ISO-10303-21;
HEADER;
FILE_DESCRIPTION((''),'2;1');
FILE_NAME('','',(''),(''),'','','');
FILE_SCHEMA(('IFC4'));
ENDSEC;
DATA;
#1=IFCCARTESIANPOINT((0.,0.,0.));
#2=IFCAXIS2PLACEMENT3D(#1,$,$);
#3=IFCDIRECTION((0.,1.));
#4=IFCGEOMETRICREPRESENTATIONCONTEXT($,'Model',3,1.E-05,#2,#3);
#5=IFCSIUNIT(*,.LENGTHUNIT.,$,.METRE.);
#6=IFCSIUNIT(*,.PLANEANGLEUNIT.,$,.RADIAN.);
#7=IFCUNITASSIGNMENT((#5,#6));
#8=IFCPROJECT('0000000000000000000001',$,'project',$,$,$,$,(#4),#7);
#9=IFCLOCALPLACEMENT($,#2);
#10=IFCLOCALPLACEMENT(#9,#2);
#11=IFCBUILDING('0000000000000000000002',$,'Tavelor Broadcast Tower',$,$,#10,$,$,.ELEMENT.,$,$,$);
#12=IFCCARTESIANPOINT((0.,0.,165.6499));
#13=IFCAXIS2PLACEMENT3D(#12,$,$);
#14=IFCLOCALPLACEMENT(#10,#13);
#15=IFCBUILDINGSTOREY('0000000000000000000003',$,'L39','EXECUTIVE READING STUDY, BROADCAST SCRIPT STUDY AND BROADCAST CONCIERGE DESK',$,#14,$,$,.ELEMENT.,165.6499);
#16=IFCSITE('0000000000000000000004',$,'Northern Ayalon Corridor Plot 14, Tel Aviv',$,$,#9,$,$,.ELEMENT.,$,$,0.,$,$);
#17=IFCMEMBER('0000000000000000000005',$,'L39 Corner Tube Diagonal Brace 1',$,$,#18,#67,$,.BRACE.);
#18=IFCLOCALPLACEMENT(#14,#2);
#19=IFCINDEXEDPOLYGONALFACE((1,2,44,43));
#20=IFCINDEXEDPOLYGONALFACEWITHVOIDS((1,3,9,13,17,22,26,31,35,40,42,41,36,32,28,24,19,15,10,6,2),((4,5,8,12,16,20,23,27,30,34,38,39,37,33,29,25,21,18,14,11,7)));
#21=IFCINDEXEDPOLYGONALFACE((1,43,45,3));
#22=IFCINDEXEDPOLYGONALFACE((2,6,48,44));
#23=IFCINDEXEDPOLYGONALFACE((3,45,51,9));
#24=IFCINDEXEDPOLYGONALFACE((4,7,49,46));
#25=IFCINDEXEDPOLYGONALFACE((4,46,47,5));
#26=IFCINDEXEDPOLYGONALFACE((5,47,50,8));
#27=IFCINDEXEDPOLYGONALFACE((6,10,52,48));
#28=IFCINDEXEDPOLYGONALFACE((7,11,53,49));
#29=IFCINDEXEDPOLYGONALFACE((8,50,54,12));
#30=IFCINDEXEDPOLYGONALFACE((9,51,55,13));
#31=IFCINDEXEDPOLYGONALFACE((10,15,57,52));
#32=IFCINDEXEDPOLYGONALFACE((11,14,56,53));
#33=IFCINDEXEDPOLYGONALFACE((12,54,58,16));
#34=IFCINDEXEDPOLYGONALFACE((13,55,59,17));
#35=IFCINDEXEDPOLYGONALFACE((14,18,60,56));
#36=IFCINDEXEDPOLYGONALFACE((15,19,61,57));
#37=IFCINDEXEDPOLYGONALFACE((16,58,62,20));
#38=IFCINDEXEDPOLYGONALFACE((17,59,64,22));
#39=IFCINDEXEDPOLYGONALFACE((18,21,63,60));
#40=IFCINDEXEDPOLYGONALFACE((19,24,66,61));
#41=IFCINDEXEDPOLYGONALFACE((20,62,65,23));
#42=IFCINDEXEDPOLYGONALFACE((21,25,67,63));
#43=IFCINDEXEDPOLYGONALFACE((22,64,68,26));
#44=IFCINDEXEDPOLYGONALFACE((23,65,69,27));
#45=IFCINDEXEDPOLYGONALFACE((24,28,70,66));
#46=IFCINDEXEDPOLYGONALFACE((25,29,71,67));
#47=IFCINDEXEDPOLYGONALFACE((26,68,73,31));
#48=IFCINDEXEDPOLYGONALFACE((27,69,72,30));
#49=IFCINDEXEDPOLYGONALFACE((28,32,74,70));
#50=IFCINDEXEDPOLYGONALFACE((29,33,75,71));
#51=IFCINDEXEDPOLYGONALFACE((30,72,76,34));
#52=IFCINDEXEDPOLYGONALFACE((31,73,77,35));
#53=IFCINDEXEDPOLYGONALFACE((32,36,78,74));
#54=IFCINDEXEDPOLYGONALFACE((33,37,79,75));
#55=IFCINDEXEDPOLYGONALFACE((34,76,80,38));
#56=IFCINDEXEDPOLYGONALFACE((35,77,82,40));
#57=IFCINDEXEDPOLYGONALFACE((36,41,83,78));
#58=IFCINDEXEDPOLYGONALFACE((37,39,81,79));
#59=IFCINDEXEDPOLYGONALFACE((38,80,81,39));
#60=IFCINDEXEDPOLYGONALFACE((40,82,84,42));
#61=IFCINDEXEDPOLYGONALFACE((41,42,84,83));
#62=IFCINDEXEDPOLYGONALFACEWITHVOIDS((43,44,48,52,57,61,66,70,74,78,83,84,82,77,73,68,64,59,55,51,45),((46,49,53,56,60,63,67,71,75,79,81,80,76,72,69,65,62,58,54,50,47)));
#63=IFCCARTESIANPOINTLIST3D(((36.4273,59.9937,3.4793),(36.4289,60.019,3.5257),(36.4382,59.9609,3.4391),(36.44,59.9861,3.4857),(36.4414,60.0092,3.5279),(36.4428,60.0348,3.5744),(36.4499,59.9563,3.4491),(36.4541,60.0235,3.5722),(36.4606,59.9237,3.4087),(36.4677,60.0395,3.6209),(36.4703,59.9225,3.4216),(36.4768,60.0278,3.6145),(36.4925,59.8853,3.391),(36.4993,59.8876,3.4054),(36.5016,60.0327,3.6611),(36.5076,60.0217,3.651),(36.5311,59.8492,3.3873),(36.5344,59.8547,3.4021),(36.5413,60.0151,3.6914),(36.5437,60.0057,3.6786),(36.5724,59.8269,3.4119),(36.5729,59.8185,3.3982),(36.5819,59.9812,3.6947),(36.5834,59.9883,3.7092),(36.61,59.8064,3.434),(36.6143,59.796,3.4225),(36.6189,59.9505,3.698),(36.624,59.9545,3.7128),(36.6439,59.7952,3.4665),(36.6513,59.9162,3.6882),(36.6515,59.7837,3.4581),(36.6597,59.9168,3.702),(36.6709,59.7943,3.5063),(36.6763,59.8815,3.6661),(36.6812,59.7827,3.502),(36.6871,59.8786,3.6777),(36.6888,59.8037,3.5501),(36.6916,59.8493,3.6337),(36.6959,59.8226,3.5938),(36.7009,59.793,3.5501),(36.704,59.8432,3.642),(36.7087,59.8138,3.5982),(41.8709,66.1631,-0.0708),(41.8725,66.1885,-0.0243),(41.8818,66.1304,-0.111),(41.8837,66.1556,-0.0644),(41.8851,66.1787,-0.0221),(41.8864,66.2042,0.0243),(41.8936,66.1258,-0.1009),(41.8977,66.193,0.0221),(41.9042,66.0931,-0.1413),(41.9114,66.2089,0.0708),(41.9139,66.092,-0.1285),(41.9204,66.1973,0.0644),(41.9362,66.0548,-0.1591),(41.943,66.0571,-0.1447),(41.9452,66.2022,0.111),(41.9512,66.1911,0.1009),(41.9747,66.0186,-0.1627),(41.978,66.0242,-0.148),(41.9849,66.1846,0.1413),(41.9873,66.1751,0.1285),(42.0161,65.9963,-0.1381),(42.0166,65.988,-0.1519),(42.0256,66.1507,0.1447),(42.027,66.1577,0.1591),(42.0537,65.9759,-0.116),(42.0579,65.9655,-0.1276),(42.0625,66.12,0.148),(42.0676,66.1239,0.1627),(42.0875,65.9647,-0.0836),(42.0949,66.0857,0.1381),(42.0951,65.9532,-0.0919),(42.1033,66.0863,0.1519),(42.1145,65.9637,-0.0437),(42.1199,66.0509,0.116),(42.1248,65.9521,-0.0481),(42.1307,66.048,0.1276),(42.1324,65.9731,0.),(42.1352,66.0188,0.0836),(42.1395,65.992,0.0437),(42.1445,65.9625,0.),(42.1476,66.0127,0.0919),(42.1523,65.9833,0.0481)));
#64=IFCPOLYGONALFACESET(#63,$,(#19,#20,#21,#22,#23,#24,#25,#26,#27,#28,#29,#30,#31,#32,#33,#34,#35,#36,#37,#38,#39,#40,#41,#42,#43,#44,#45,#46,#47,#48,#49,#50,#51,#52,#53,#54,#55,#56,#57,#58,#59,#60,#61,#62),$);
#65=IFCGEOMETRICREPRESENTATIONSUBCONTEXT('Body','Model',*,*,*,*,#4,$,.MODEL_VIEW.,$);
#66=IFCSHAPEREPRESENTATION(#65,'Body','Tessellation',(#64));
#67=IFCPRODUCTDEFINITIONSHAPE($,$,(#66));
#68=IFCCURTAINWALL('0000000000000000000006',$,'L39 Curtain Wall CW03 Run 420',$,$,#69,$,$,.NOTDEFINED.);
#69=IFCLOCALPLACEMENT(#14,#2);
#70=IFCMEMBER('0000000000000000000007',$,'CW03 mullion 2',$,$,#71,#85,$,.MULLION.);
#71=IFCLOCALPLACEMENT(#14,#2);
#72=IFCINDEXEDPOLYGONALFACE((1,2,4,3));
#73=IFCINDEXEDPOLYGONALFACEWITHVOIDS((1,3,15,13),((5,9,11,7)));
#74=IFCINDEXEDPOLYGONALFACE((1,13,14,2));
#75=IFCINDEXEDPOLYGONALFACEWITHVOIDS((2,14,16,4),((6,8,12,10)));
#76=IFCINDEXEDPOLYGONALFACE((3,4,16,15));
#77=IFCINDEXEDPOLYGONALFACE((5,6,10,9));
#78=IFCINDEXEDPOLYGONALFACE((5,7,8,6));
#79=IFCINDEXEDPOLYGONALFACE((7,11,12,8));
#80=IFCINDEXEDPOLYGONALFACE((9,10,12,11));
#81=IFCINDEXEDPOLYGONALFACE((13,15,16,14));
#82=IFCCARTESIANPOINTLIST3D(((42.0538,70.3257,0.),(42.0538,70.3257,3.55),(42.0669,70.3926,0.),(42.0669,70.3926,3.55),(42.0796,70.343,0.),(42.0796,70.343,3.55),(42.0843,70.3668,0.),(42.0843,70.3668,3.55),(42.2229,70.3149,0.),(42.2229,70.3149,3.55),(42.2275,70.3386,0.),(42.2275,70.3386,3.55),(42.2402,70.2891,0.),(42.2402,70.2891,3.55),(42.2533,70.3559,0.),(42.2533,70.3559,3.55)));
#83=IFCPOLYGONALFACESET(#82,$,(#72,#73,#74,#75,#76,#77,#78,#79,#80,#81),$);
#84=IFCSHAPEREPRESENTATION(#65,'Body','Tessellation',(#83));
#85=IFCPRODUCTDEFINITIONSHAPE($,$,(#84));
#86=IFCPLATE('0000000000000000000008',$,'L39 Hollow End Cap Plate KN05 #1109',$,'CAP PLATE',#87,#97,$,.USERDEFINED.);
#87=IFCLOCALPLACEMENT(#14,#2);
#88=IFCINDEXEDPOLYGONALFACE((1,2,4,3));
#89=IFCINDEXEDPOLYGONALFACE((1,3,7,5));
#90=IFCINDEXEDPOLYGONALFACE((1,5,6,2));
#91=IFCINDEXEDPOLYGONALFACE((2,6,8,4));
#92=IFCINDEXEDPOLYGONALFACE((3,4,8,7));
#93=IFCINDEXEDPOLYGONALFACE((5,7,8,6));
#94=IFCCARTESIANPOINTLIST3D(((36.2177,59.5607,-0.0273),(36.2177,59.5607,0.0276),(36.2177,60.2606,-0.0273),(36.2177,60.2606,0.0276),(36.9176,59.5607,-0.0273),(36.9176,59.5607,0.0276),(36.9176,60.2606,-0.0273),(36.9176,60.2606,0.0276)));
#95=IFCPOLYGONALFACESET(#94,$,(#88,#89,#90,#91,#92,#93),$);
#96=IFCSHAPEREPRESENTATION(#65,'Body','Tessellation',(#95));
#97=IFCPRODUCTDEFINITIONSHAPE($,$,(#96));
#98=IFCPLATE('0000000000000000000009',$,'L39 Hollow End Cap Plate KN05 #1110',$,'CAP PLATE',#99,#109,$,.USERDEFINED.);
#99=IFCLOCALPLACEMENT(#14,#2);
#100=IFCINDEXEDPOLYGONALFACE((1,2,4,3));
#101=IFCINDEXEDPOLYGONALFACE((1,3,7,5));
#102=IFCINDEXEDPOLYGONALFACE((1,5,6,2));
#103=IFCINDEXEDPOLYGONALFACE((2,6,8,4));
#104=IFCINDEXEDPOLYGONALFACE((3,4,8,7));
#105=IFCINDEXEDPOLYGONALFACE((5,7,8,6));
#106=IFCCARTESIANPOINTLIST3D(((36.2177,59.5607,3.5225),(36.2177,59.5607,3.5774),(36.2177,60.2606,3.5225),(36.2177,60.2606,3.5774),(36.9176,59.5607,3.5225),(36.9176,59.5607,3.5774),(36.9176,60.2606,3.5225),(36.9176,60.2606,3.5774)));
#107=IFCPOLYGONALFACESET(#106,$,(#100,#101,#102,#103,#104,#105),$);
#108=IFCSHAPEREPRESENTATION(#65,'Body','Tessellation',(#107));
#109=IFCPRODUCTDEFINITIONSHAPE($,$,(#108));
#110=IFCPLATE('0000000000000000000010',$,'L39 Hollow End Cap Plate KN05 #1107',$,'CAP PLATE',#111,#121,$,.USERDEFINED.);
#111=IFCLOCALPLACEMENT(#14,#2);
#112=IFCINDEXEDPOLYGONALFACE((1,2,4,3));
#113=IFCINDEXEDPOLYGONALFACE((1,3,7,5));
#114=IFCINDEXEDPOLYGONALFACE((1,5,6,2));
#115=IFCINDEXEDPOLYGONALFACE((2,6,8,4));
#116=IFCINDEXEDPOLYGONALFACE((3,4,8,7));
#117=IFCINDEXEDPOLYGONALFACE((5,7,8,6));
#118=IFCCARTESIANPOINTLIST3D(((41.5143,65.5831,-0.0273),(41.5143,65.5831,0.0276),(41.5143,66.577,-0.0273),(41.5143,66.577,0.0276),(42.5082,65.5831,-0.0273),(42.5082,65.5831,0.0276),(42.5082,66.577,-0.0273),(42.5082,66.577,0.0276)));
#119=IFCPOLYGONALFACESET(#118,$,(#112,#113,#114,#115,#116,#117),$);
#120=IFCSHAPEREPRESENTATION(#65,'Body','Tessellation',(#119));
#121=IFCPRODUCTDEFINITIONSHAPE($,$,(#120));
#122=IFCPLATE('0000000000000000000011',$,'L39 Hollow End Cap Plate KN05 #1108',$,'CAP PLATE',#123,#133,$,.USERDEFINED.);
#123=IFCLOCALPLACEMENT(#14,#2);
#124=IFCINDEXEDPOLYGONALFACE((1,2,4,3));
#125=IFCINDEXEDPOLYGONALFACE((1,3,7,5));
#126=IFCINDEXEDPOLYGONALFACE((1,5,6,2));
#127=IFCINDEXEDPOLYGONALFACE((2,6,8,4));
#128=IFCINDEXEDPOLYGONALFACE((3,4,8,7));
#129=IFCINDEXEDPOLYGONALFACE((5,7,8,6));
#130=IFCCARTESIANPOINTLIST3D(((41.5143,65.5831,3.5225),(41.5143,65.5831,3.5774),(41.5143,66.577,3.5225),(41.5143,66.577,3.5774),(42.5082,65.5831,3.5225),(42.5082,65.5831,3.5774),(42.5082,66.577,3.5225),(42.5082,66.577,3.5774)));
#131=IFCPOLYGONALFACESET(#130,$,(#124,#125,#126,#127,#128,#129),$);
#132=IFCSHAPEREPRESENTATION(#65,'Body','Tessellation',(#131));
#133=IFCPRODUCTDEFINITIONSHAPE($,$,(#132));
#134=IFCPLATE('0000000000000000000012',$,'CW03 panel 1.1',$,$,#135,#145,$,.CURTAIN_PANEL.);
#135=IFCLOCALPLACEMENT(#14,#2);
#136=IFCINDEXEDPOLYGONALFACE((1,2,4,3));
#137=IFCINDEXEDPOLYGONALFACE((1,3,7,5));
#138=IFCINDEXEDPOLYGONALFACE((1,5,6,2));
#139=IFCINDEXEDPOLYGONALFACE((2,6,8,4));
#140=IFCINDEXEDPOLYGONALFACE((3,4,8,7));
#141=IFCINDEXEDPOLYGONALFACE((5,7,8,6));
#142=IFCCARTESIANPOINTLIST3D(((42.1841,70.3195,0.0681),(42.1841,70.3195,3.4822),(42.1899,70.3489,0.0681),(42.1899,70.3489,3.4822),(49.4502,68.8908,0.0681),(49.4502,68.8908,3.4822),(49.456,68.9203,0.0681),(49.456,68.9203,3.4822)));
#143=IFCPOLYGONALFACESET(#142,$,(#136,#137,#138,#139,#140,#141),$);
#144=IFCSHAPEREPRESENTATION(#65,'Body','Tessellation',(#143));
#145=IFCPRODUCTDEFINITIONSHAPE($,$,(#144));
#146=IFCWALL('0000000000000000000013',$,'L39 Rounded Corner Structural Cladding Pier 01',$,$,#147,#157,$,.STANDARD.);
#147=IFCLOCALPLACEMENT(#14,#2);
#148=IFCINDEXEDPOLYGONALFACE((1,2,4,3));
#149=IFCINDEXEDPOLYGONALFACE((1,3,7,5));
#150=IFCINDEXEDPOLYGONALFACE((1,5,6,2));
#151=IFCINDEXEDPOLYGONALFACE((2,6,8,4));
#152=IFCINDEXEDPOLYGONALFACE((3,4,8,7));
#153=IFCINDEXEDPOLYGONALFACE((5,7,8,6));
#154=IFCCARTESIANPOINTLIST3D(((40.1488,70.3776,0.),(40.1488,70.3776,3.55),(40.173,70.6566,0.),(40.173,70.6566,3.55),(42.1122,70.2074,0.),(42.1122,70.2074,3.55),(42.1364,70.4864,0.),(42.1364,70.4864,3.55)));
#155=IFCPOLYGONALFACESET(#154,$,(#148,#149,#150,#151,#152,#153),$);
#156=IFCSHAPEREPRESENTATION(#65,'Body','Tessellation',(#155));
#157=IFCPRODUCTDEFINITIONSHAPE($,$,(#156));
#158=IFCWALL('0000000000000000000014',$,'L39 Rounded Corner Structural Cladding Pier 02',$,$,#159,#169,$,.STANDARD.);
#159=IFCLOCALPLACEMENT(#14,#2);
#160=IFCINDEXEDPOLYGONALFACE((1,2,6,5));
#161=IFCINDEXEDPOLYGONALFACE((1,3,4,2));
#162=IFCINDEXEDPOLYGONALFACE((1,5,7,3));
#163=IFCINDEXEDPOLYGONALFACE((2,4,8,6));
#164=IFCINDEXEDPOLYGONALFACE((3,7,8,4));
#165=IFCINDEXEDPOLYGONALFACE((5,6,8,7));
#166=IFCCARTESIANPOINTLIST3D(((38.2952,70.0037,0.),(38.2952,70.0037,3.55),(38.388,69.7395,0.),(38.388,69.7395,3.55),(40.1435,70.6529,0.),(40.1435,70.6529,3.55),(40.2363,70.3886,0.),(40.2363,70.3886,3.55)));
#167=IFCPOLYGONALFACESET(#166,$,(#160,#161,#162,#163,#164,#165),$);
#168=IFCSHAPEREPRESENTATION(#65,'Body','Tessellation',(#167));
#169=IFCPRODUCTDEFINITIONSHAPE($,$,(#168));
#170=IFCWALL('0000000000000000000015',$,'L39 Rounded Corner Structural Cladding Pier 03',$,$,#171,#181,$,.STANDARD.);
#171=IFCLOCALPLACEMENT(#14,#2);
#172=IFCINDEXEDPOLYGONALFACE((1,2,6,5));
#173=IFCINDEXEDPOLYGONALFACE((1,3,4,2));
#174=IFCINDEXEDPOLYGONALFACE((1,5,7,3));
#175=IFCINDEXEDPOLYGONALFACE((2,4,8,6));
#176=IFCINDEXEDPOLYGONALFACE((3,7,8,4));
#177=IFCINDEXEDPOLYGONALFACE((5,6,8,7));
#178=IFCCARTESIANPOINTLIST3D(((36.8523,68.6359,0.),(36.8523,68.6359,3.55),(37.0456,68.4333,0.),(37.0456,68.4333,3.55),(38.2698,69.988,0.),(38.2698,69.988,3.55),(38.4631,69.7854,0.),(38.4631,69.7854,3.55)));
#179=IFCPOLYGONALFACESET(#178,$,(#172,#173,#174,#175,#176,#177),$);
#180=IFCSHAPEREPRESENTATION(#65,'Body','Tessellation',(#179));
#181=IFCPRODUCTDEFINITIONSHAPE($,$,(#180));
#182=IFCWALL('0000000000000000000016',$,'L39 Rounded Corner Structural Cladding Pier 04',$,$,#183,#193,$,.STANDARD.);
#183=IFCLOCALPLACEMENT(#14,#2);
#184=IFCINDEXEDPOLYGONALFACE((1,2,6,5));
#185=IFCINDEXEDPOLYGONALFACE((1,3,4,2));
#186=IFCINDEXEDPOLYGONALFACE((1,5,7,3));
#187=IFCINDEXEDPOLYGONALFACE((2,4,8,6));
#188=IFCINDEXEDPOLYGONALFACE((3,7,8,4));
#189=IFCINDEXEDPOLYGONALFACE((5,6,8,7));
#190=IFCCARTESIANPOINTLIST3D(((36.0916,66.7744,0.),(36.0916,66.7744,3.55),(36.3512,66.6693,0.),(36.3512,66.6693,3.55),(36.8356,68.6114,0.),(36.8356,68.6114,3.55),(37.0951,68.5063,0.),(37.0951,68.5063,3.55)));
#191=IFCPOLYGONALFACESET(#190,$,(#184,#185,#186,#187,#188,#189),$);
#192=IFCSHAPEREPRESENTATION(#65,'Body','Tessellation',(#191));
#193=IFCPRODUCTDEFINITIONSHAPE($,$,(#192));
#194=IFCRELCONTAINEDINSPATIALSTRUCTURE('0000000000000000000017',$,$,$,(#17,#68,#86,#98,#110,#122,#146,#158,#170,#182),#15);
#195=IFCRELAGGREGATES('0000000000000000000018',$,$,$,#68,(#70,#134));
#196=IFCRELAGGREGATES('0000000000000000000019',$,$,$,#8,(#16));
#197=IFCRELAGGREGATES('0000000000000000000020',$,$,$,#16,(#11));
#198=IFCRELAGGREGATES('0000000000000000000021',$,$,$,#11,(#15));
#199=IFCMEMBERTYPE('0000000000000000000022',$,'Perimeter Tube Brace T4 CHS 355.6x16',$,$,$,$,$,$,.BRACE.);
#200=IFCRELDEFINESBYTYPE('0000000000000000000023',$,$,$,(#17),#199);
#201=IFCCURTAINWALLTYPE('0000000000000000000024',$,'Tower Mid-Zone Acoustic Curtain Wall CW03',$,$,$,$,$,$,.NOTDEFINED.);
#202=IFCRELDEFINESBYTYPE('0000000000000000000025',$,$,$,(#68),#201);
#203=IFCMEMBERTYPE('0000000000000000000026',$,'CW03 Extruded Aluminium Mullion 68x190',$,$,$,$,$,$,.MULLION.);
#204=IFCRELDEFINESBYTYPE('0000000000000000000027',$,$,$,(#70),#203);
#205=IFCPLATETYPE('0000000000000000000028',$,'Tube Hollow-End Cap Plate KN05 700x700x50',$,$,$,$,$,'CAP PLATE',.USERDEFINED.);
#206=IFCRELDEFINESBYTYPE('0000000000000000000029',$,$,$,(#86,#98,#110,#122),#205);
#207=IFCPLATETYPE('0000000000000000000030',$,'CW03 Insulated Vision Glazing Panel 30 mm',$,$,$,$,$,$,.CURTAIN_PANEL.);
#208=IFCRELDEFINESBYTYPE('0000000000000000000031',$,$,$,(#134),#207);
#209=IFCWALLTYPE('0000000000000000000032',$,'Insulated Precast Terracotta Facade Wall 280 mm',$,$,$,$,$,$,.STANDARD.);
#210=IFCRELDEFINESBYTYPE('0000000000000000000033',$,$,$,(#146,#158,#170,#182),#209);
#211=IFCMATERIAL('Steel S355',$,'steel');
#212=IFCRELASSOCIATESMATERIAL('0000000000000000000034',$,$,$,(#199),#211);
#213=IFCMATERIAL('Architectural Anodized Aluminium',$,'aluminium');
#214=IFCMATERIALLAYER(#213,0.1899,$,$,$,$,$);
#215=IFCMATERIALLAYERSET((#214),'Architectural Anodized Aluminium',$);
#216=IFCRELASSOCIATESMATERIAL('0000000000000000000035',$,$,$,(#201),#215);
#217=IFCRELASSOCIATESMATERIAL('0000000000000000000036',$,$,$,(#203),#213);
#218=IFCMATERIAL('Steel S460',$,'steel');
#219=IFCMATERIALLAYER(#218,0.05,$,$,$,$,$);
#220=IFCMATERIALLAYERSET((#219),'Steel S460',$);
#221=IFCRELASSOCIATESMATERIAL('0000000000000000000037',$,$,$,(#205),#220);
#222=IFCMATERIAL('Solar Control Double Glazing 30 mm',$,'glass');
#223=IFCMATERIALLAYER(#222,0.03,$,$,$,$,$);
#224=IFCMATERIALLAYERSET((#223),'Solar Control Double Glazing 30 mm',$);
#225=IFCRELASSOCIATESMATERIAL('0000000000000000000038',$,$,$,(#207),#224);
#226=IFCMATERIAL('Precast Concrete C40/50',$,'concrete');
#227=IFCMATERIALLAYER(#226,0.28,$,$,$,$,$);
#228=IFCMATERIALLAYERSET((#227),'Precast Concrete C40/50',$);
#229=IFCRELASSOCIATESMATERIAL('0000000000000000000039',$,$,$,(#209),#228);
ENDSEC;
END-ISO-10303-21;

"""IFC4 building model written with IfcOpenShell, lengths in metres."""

from ifc_helpers import new_model, si_unit, direction, frame, frame_2d, origin, origin_2d, place, context, subcontext, project, spatial, rectangle, hollow_rectangle, hollow_circle, extrude, source, transform, mapped, material, layer, layer_set, material_profile, profile_set, type_object, type_shapes, element, aggregate, save


model = new_model("IFC4")

# Units and contexts
model_context = context("Model", 3, precision=1e-05, world=origin(), true_north=direction((0.0, 1.0)))
body_context = subcontext(model_context, "Body", "Model", "MODEL_VIEW")
ifc_project = project(units=[si_unit("LENGTHUNIT", "METRE"), si_unit("PLANEANGLEUNIT", "RADIAN")], contexts=[model_context])

# Site, building, storey
site_placement = place(None, origin())
site = spatial("IfcSite", under=ifc_project, at=site_placement, Name="Northern Ayalon Corridor Plot 14, Tel Aviv", CompositionType="ELEMENT", RefElevation=0.0)
building_placement = place(site_placement, origin())
building = spatial("IfcBuilding", under=site, at=building_placement, Name="Tavelor Broadcast Tower", CompositionType="ELEMENT")
storey_placement = place(building_placement, frame((0.0, 0.0, 165.6499)))
storey = spatial("IfcBuildingStorey", under=building, at=storey_placement, Name="L39", Description="EXECUTIVE READING STUDY, BROADCAST SCRIPT STUDY AND BROADCAST CONCIERGE DESK", CompositionType="ELEMENT", Elevation=165.6499)

# Shared definitions
ifc_material_1 = material(Name="Steel S460", Category="steel")

# Shared definitions
ifc_material_2 = material(Name="Steel S355", Category="steel")

# Member
ifc_material_profile_1 = material_profile(ifc_material_2, hollow_circle(Radius=0.1777, WallThickness=0.0161, at=origin_2d()), Name="CHS 355.6x16")
ifc_profile_set_1 = profile_set([ifc_material_profile_1], Name="Steel S355")
member_type_1 = type_object("IfcMemberType", Name="Perimeter Tube Brace T4 CHS 355.6x16", PredefinedType="BRACE", material=ifc_profile_set_1)
member_1_placement = place(storey_placement, frame((42.0112, 66.0801, 0.0), z_axis=(-0.607485, -0.688484, 0.396171), x_axis=(0.749839, -0.661621, 0.0)))
element("IfcMember", 1, at=member_1_placement, inside=storey, type_object=member_type_1, Name="L39 Corner Tube Diagonal Brace 1", PredefinedType="BRACE", context=body_context, shape_type="SweptSolid", body=[
    extrude(hollow_circle(Radius=0.1777, WallThickness=0.0161, at=origin_2d()), origin(), (0.0, 0.0, 1.0), 8.9609),
])

# Curtain wall, member
ifc_material_3 = material(Name="Architectural Anodized Aluminium", Category="aluminium")
ifc_layer_1 = layer(ifc_material_3, 0.1899)
ifc_layer_set_1 = layer_set([ifc_layer_1], Name="Architectural Anodized Aluminium")
curtain_wall_type = type_object("IfcCurtainWallType", Name="Tower Mid-Zone Acoustic Curtain Wall CW03", PredefinedType="NOTDEFINED", material=ifc_layer_set_1)
curtain_wall_placement = place(storey_placement, origin())
curtain_wall = element("IfcCurtainWall", 2, at=curtain_wall_placement, inside=storey, type_object=curtain_wall_type, Name="L39 Curtain Wall CW03 Run 420", PredefinedType="NOTDEFINED")
ifc_material_profile_2 = material_profile(ifc_material_3, hollow_rectangle(XDim=0.0681, YDim=0.1899, WallThickness=0.022, at=origin_2d()), Name="RHS 68x190x22")
ifc_profile_set_2 = profile_set([ifc_material_profile_2], Name="Architectural Anodized Aluminium")
member_type_2 = type_object("IfcMemberType", Name="CW03 Extruded Aluminium Mullion 68x190", PredefinedType="MULLION", material=ifc_profile_set_2)
shared_shape_1 = source(origin(), body_context, "Body", "SweptSolid", [
    extrude(hollow_rectangle(XDim=0.0681, YDim=0.1899, WallThickness=0.022, at=origin_2d()), origin(), (0.0, 0.0, 1.0), 3.55),
])
type_shapes(member_type_2, [shared_shape_1])
member_2_placement = place(storey_placement, frame((42.1536, 70.3408, 0.0), z_axis=(0.0, 0.0, 1.0), x_axis=(-0.192927, -0.981213, 0.0)))
member_2 = element("IfcMember", 3, at=member_2_placement, type_object=member_type_2, Name="CW03 mullion 2", PredefinedType="MULLION", context=body_context, shape_type="MappedRepresentation", body=[
    mapped(shared_shape_1, transform((0.0, 0.0, 0.0), scale=1.0)),
])

# Plates
ifc_layer_2 = layer(ifc_material_1, 0.05)
ifc_layer_set_2 = layer_set([ifc_layer_2], Name="Steel S460")
plate_type_1 = type_object("IfcPlateType", Name="Tube Hollow-End Cap Plate KN05 700x700x50", ElementType="CAP PLATE", PredefinedType="USERDEFINED", material=ifc_layer_set_2)
shared_shape_2 = source(origin(), body_context, "Body", "SweptSolid", [
    extrude(rectangle(XDim=0.7, YDim=0.7, at=origin_2d()), origin(), (0.0, 0.0, 1.0), 0.0549),
])
for number, where, z_axis, x_axis, name in (
    (4, (36.5676, 59.9106, -0.0273), (0.0, 0.0, 1.0), (1.0, 0.0, 0.0), "L39 Hollow End Cap Plate KN05 #1109"),
    (5, (36.5676, 59.9106, 3.5225), (0.0, 0.0, 1.0), (1.0, 0.0, 0.0), "L39 Hollow End Cap Plate KN05 #1110"),
):
    element("IfcPlate", number, at=place(storey_placement, frame(where, z_axis=z_axis, x_axis=x_axis)), inside=storey, type_object=plate_type_1, Name=name, ObjectType="CAP PLATE", PredefinedType="USERDEFINED", context=body_context, shape_type="MappedRepresentation", body=[
        mapped(shared_shape_2, transform((0.0, 0.0, 0.0), scale=1.0)),
    ])
shared_shape_3 = source(origin(), body_context, "Body", "SweptSolid", [
    extrude(rectangle(XDim=0.9939, YDim=0.9939, at=origin_2d()), origin(), (0.0, 0.0, 1.0), 0.0549),
])
type_shapes(plate_type_1, [shared_shape_2, shared_shape_3])
for number, where, z_axis, x_axis, name in (
    (6, (42.0112, 66.0801, -0.0273), (0.0, 0.0, 1.0), (1.0, 0.0, 0.0), "L39 Hollow End Cap Plate KN05 #1107"),
    (7, (42.0112, 66.0801, 3.5225), (0.0, 0.0, 1.0), (1.0, 0.0, 0.0), "L39 Hollow End Cap Plate KN05 #1108"),
):
    element("IfcPlate", number, at=place(storey_placement, frame(where, z_axis=z_axis, x_axis=x_axis)), inside=storey, type_object=plate_type_1, Name=name, ObjectType="CAP PLATE", PredefinedType="USERDEFINED", context=body_context, shape_type="MappedRepresentation", body=[
        mapped(shared_shape_3, transform((0.0, 0.0, 0.0), scale=1.0)),
    ])

# Plate
ifc_material_4 = material(Name="Solar Control Double Glazing 30 mm", Category="glass")
ifc_layer_3 = layer(ifc_material_4, 0.03)
ifc_layer_set_3 = layer_set([ifc_layer_3], Name="Solar Control Double Glazing 30 mm")
plate_type_2 = type_object("IfcPlateType", Name="CW03 Insulated Vision Glazing Panel 30 mm", PredefinedType="CURTAIN_PANEL", material=ifc_layer_set_3)
shared_shape_4 = source(origin(), body_context, "Body", "SweptSolid", [
    extrude(rectangle(XDim=7.4053, YDim=0.03, at=origin_2d()), origin(), (0.0, 0.0, 1.0), 3.4141),
])
type_shapes(plate_type_2, [shared_shape_4])
plate_placement = place(storey_placement, frame((45.8201, 69.6199, 0.0681), z_axis=(0.0, 0.0, 1.0), x_axis=(-0.981213, 0.192927, 0.0)))
plate = element("IfcPlate", 8, at=plate_placement, type_object=plate_type_2, Name="CW03 panel 1.1", PredefinedType="CURTAIN_PANEL", context=body_context, shape_type="MappedRepresentation", body=[
    mapped(shared_shape_4, transform((0.0, 0.0, 0.0), scale=1.0)),
])
aggregate(curtain_wall, [member_2, plate])

# Walls
ifc_material_5 = material(Name="Precast Concrete C40/50", Category="concrete")
ifc_layer_4 = layer(ifc_material_5, 0.28)
ifc_layer_set_4 = layer_set([ifc_layer_4], Name="Precast Concrete C40/50")
wall_type_1 = type_object("IfcWallType", Name="Insulated Precast Terracotta Facade Wall 280 mm", PredefinedType="STANDARD", material=ifc_layer_set_4)
wall_1_placement = place(storey_placement, frame((42.1243, 70.3469, 0.0), z_axis=(0.0, 0.0, 1.0), x_axis=(-0.996265, 0.086346, 0.0)))
element("IfcWall", 9, at=wall_1_placement, inside=storey, type_object=wall_type_1, Name="L39 Rounded Corner Structural Cladding Pier 01", PredefinedType="STANDARD", context=body_context, shape_type="SweptSolid", body=[
    extrude(rectangle(XDim=1.9707, YDim=0.28, at=frame_2d((0.9854, 0.0))), origin(), (0.0, 0.0, 1.0), 3.55),
])
for number, where, z_axis, x_axis, name in (
    (10, (40.1899, 70.5208, 0.0), (0.0, 0.0, 1.0), (-0.943502, -0.331366, 0.0), "L39 Rounded Corner Structural Cladding Pier 02"),
    (11, (38.3665, 69.8867, 0.0), (0.0, 0.0, 1.0), (-0.72361, -0.690209, 0.0), "L39 Rounded Corner Structural Cladding Pier 03"),
):
    element("IfcWall", number, at=place(storey_placement, frame(where, z_axis=z_axis, x_axis=x_axis)), inside=storey, type_object=wall_type_1, Name=name, PredefinedType="STANDARD", context=body_context, shape_type="SweptSolid", body=[
        extrude(rectangle(XDim=1.959, YDim=0.28, at=frame_2d((0.9795, 0.0))), origin(), (0.0, 0.0, 1.0), 3.55),
    ])
wall_2_placement = place(storey_placement, frame((36.9653, 68.5588, 0.0), z_axis=(0.0, 0.0, 1.0), x_axis=(-0.375359, -0.926879, 0.0)))
element("IfcWall", 12, at=wall_2_placement, inside=storey, type_object=wall_type_1, Name="L39 Rounded Corner Structural Cladding Pier 04", PredefinedType="STANDARD", context=body_context, shape_type="SweptSolid", body=[
    extrude(rectangle(XDim=1.9819, YDim=0.28, at=frame_2d((0.991, 0.0))), origin(), (0.0, 0.0, 1.0), 3.55),
])

save(model, "model.ifc")
